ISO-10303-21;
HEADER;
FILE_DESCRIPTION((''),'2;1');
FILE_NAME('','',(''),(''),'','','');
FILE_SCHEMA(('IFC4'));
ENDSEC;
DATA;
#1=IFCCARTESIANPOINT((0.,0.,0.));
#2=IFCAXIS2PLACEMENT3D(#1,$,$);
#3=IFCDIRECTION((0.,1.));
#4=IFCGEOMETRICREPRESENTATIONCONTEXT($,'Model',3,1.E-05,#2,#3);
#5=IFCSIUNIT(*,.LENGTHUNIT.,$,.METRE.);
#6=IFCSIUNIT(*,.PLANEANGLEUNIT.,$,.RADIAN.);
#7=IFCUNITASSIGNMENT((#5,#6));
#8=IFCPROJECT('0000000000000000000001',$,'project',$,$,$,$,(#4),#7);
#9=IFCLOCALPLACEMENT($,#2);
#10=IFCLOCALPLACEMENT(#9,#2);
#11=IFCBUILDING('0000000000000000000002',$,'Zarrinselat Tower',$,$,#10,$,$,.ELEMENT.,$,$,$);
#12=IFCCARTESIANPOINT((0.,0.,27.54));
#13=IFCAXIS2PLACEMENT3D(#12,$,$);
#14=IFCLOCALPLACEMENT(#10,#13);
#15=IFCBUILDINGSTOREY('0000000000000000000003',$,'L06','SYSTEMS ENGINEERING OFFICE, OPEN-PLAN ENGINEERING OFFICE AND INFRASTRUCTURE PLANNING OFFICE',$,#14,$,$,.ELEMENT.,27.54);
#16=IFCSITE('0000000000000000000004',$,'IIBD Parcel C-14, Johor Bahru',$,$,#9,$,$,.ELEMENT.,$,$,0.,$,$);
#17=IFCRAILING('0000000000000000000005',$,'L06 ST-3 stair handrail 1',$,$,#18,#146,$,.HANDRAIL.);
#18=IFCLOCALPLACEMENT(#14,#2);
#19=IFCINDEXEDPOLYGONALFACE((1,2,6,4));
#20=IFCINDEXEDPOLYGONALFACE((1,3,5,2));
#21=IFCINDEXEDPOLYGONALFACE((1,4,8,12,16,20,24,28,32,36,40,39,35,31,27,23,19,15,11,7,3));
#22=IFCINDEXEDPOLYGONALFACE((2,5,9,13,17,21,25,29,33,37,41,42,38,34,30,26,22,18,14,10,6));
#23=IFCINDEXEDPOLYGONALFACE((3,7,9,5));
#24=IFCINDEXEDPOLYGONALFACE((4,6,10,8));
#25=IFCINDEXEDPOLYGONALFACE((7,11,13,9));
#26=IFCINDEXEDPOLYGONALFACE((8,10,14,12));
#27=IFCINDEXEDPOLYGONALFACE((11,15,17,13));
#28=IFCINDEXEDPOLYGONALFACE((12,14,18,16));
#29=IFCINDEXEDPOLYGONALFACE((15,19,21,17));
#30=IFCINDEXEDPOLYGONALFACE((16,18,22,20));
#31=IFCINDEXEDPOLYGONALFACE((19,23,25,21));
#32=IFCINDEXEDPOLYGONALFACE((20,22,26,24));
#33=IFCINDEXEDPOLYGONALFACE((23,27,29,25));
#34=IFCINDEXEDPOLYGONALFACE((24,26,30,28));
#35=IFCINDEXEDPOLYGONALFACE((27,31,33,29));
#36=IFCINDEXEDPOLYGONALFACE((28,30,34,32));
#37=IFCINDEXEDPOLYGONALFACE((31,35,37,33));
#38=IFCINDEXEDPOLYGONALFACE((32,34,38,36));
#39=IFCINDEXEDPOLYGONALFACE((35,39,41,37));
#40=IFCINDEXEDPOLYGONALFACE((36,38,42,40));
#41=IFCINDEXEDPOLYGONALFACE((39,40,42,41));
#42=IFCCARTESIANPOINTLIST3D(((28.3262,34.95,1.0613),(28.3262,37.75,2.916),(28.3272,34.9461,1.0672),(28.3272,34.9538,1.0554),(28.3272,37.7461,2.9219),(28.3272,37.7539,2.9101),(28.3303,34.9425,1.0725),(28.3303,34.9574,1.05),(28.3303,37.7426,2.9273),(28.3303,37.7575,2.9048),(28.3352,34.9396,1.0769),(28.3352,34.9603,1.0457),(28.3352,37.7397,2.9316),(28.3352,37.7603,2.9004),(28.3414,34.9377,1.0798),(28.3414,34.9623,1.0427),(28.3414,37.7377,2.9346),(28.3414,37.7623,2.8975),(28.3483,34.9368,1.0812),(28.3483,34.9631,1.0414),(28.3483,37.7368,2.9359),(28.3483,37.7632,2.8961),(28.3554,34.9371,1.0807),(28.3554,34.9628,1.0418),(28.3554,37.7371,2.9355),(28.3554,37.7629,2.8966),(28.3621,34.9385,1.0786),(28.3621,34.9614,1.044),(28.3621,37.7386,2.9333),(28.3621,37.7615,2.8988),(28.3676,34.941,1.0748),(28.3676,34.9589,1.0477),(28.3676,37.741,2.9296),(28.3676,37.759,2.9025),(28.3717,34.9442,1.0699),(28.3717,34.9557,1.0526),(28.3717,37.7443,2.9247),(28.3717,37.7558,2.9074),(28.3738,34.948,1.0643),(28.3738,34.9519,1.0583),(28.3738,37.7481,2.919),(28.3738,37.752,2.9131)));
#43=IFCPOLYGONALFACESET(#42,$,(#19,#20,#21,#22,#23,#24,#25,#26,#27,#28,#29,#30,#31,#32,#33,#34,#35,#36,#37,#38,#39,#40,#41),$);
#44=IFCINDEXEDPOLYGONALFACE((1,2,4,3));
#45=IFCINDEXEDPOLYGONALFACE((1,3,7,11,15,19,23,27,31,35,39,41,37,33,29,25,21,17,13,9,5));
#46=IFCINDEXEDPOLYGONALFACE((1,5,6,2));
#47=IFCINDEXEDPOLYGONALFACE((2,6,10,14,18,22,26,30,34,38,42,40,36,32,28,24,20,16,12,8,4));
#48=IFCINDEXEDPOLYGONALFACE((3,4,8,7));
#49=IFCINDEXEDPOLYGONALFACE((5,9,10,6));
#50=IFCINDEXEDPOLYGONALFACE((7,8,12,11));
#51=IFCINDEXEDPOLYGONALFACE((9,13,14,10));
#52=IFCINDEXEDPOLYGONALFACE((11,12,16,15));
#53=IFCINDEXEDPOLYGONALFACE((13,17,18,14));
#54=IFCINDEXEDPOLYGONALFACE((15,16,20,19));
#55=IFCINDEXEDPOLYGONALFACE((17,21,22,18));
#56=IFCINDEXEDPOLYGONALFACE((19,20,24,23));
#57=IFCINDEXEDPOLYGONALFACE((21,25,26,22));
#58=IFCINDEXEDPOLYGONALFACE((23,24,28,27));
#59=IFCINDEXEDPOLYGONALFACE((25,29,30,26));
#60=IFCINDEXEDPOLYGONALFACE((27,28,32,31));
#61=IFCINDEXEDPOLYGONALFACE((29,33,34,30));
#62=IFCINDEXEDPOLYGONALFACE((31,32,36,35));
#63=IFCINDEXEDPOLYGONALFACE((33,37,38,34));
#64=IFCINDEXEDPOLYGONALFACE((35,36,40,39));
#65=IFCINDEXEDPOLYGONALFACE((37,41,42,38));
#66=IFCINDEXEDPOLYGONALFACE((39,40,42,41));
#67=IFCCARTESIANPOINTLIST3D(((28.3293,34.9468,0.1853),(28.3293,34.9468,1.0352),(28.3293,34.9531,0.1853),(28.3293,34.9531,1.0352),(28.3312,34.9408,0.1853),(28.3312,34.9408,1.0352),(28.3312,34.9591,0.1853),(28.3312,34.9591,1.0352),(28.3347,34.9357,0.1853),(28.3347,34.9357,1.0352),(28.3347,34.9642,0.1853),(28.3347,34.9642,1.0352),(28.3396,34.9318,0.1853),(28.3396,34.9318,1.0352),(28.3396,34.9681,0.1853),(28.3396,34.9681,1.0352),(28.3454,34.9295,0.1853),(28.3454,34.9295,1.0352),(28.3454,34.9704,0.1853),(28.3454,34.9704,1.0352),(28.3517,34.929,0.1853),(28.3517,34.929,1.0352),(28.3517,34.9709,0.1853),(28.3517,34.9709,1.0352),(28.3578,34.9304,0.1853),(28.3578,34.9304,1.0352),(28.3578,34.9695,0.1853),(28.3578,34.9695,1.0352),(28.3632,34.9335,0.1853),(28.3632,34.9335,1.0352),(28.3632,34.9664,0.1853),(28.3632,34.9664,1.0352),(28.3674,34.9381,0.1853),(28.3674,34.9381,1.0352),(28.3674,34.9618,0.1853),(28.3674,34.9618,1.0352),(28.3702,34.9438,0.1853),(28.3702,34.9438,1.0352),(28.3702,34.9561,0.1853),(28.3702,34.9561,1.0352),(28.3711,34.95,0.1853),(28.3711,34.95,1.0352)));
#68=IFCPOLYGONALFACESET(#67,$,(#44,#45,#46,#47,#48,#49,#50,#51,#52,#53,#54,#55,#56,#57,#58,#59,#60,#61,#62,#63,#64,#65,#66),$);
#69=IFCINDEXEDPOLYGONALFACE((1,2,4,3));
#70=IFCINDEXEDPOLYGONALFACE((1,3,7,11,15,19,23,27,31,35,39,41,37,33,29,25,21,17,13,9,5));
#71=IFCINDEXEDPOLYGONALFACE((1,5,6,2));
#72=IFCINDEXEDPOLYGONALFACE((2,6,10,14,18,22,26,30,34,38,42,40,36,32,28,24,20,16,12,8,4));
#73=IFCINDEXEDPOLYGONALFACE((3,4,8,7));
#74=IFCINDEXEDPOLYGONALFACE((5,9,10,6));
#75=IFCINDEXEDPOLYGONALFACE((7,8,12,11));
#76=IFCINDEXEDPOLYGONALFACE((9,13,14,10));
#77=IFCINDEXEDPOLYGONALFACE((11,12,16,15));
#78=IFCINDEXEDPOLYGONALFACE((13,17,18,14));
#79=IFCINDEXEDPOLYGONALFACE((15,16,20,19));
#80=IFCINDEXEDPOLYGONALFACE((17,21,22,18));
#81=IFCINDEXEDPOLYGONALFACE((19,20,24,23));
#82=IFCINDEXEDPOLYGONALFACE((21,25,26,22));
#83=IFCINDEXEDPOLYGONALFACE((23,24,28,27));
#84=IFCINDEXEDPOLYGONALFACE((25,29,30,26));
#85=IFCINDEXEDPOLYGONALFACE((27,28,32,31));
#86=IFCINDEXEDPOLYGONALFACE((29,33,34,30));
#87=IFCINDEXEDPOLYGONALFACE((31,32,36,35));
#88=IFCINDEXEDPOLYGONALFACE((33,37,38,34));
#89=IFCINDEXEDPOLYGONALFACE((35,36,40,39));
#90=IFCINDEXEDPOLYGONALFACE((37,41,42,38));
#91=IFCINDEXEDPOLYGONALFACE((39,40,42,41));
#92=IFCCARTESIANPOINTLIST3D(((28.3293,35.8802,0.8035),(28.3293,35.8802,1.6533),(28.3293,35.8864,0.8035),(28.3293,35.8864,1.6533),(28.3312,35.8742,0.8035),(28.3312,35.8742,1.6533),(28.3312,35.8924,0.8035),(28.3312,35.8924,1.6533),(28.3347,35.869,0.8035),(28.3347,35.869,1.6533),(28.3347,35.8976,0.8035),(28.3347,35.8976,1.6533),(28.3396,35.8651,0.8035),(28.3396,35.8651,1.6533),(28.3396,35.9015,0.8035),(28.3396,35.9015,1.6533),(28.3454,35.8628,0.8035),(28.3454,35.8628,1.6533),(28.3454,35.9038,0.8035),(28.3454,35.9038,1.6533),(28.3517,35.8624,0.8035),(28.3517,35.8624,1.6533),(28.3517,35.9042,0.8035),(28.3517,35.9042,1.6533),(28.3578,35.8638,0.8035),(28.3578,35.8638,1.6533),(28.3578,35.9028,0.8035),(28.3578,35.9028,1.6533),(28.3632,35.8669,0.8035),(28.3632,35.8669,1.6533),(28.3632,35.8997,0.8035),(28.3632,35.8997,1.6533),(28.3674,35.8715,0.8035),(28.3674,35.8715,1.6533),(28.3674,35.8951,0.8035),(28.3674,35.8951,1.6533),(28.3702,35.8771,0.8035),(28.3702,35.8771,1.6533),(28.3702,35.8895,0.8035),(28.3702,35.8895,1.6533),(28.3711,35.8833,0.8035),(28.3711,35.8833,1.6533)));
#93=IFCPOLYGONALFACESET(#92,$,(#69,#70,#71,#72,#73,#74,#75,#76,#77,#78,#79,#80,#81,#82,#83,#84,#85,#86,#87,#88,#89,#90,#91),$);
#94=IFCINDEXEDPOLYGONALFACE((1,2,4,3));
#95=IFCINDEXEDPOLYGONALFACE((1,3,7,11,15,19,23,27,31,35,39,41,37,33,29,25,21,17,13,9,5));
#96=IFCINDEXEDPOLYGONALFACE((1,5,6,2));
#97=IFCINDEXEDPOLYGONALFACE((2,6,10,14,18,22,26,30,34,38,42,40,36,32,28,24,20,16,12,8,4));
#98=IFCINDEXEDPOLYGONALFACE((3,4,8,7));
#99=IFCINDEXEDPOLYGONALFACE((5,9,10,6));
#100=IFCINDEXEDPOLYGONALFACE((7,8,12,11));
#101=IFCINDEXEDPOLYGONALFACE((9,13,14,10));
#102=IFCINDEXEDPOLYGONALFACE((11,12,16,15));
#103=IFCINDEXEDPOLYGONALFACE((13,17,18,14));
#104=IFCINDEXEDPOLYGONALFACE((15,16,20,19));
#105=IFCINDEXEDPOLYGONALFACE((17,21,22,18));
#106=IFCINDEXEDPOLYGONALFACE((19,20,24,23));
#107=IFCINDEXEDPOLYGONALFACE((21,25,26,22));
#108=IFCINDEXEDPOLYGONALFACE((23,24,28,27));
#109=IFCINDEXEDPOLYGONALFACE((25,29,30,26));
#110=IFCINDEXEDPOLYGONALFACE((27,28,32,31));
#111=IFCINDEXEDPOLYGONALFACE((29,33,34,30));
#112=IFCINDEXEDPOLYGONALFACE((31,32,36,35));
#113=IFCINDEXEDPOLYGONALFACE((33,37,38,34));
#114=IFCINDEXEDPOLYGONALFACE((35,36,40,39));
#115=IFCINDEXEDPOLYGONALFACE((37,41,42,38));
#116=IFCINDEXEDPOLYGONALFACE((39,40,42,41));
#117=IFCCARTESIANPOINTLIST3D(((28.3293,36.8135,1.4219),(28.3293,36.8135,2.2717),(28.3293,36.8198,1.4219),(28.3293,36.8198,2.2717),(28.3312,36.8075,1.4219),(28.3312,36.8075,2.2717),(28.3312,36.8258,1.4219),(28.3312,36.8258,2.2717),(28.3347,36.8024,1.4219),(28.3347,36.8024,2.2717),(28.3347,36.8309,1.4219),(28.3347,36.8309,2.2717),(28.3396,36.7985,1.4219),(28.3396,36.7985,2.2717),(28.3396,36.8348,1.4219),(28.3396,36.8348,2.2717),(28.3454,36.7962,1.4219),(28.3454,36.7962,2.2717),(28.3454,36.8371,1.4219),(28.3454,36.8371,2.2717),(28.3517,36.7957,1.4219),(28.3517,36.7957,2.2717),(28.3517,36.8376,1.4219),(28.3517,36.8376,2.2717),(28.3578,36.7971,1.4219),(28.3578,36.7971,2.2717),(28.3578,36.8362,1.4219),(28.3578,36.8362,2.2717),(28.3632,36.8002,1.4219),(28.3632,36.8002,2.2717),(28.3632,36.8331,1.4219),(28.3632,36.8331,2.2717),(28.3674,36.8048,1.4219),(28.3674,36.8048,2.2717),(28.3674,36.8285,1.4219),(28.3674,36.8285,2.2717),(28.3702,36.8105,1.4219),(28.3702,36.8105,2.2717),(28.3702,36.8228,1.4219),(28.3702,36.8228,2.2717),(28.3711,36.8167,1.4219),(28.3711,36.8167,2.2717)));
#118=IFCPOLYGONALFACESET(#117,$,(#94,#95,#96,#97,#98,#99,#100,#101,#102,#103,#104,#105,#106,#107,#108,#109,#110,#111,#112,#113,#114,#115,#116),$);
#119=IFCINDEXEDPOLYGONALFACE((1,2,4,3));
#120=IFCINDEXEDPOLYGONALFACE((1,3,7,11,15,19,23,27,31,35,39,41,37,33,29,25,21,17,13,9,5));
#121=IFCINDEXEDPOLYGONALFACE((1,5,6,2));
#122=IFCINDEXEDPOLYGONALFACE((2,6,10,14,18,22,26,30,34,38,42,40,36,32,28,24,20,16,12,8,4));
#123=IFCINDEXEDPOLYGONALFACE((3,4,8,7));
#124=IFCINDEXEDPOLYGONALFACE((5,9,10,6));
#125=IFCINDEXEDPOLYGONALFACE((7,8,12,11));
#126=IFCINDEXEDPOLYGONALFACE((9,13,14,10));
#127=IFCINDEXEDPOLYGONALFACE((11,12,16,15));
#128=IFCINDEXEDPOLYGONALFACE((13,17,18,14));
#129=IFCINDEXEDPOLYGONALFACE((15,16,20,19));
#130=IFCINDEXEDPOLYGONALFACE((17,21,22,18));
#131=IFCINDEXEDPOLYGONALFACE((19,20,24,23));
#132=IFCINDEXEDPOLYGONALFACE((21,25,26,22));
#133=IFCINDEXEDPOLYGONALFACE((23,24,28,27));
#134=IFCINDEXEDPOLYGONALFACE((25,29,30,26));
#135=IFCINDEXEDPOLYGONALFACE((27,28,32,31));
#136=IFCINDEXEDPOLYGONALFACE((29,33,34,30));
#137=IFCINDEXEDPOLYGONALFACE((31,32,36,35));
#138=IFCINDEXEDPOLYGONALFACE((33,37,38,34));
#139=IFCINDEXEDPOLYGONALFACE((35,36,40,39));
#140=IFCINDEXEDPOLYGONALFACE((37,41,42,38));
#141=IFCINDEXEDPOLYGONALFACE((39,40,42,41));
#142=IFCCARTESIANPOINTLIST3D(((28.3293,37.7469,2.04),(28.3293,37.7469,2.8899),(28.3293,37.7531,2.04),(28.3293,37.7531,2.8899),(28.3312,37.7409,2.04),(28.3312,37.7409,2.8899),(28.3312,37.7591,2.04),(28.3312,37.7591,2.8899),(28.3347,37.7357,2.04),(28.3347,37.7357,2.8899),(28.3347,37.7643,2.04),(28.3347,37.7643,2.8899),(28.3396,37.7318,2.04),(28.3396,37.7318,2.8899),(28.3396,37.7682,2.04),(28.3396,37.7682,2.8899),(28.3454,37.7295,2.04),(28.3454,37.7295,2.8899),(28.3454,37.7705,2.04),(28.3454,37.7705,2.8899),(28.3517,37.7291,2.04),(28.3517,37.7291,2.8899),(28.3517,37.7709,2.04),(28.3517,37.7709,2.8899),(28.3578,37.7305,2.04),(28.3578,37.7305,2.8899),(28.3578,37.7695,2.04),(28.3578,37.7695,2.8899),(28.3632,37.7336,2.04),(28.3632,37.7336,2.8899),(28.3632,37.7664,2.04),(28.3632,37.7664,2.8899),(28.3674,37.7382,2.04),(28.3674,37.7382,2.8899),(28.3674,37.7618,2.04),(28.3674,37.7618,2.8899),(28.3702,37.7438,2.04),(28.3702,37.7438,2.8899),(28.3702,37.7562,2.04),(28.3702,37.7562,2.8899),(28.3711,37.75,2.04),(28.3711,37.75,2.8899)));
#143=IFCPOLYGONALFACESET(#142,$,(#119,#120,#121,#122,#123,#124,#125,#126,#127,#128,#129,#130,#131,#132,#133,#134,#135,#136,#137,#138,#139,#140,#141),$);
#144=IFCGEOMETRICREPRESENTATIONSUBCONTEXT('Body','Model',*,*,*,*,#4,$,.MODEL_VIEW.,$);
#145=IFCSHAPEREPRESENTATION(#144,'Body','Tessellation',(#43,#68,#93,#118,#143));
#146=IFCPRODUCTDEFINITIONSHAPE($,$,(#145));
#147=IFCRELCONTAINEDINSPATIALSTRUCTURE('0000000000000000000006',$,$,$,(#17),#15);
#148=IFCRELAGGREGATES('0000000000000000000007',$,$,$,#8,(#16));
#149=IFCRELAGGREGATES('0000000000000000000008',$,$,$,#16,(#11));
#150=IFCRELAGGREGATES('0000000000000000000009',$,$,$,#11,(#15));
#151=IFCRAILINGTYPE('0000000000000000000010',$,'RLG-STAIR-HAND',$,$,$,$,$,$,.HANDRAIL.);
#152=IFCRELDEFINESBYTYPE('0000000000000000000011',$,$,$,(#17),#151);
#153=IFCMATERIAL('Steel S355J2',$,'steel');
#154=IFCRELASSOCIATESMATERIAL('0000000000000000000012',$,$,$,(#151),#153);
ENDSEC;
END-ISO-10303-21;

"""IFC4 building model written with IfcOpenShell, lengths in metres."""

from ifc_helpers import new_model, si_unit, direction, frame, origin, origin_2d, place, context, subcontext, project, spatial, circle, extrude, material, type_object, element, save


model = new_model("IFC4")

# Units and contexts
model_context = context("Model", 3, precision=1e-05, world=origin(), true_north=direction((0.0, 1.0)))
body_context = subcontext(model_context, "Body", "Model", "MODEL_VIEW")
ifc_project = project(units=[si_unit("LENGTHUNIT", "METRE"), si_unit("PLANEANGLEUNIT", "RADIAN")], contexts=[model_context])

# Site, building, storey
site_placement = place(None, origin())
site = spatial("IfcSite", under=ifc_project, at=site_placement, Name="IIBD Parcel C-14, Johor Bahru", CompositionType="ELEMENT", RefElevation=0.0)
building_placement = place(site_placement, origin())
building = spatial("IfcBuilding", under=site, at=building_placement, Name="Zarrinselat Tower", CompositionType="ELEMENT")
storey_placement = place(building_placement, frame((0.0, 0.0, 27.54)))
storey = spatial("IfcBuildingStorey", under=building, at=storey_placement, Name="L06", Description="SYSTEMS ENGINEERING OFFICE, OPEN-PLAN ENGINEERING OFFICE AND INFRASTRUCTURE PLANNING OFFICE", CompositionType="ELEMENT", Elevation=27.54)

# Railing
ifc_material_1 = material(Name="Steel S355J2", Category="steel")
railing_type_1 = type_object("IfcRailingType", Name="RLG-STAIR-HAND", PredefinedType="HANDRAIL", material=ifc_material_1)
railing_1_placement = place(storey_placement, frame((28.3501, 34.95, 0.1853)))
element("IfcRailing", 1, at=railing_1_placement, inside=storey, type_object=railing_type_1, Name="L06 ST-3 stair handrail 1", PredefinedType="HANDRAIL", context=body_context, shape_type="SweptSolid", body=[
    extrude(circle(Radius=0.0239, at=origin_2d()), frame((0.0, 0.0, 0.876), z_axis=(0.0, 0.833691, 0.552232), x_axis=(-1.0, 0.0, 0.0)), (0.0, 0.0, 1.0), 3.3586),
    extrude(circle(Radius=0.021, at=origin_2d()), origin(), (0.0, 0.0, 1.0), 0.8499),
    extrude(circle(Radius=0.021, at=origin_2d()), frame((0.0, 0.9333, 0.6182)), (0.0, 0.0, 1.0), 0.8499),
    extrude(circle(Radius=0.021, at=origin_2d()), frame((0.0, 1.8667, 1.2366)), (0.0, 0.0, 1.0), 0.8499),
    extrude(circle(Radius=0.021, at=origin_2d()), frame((0.0, 2.8, 1.8547)), (0.0, 0.0, 1.0), 0.8499),
])

save(model, "model.ifc")
